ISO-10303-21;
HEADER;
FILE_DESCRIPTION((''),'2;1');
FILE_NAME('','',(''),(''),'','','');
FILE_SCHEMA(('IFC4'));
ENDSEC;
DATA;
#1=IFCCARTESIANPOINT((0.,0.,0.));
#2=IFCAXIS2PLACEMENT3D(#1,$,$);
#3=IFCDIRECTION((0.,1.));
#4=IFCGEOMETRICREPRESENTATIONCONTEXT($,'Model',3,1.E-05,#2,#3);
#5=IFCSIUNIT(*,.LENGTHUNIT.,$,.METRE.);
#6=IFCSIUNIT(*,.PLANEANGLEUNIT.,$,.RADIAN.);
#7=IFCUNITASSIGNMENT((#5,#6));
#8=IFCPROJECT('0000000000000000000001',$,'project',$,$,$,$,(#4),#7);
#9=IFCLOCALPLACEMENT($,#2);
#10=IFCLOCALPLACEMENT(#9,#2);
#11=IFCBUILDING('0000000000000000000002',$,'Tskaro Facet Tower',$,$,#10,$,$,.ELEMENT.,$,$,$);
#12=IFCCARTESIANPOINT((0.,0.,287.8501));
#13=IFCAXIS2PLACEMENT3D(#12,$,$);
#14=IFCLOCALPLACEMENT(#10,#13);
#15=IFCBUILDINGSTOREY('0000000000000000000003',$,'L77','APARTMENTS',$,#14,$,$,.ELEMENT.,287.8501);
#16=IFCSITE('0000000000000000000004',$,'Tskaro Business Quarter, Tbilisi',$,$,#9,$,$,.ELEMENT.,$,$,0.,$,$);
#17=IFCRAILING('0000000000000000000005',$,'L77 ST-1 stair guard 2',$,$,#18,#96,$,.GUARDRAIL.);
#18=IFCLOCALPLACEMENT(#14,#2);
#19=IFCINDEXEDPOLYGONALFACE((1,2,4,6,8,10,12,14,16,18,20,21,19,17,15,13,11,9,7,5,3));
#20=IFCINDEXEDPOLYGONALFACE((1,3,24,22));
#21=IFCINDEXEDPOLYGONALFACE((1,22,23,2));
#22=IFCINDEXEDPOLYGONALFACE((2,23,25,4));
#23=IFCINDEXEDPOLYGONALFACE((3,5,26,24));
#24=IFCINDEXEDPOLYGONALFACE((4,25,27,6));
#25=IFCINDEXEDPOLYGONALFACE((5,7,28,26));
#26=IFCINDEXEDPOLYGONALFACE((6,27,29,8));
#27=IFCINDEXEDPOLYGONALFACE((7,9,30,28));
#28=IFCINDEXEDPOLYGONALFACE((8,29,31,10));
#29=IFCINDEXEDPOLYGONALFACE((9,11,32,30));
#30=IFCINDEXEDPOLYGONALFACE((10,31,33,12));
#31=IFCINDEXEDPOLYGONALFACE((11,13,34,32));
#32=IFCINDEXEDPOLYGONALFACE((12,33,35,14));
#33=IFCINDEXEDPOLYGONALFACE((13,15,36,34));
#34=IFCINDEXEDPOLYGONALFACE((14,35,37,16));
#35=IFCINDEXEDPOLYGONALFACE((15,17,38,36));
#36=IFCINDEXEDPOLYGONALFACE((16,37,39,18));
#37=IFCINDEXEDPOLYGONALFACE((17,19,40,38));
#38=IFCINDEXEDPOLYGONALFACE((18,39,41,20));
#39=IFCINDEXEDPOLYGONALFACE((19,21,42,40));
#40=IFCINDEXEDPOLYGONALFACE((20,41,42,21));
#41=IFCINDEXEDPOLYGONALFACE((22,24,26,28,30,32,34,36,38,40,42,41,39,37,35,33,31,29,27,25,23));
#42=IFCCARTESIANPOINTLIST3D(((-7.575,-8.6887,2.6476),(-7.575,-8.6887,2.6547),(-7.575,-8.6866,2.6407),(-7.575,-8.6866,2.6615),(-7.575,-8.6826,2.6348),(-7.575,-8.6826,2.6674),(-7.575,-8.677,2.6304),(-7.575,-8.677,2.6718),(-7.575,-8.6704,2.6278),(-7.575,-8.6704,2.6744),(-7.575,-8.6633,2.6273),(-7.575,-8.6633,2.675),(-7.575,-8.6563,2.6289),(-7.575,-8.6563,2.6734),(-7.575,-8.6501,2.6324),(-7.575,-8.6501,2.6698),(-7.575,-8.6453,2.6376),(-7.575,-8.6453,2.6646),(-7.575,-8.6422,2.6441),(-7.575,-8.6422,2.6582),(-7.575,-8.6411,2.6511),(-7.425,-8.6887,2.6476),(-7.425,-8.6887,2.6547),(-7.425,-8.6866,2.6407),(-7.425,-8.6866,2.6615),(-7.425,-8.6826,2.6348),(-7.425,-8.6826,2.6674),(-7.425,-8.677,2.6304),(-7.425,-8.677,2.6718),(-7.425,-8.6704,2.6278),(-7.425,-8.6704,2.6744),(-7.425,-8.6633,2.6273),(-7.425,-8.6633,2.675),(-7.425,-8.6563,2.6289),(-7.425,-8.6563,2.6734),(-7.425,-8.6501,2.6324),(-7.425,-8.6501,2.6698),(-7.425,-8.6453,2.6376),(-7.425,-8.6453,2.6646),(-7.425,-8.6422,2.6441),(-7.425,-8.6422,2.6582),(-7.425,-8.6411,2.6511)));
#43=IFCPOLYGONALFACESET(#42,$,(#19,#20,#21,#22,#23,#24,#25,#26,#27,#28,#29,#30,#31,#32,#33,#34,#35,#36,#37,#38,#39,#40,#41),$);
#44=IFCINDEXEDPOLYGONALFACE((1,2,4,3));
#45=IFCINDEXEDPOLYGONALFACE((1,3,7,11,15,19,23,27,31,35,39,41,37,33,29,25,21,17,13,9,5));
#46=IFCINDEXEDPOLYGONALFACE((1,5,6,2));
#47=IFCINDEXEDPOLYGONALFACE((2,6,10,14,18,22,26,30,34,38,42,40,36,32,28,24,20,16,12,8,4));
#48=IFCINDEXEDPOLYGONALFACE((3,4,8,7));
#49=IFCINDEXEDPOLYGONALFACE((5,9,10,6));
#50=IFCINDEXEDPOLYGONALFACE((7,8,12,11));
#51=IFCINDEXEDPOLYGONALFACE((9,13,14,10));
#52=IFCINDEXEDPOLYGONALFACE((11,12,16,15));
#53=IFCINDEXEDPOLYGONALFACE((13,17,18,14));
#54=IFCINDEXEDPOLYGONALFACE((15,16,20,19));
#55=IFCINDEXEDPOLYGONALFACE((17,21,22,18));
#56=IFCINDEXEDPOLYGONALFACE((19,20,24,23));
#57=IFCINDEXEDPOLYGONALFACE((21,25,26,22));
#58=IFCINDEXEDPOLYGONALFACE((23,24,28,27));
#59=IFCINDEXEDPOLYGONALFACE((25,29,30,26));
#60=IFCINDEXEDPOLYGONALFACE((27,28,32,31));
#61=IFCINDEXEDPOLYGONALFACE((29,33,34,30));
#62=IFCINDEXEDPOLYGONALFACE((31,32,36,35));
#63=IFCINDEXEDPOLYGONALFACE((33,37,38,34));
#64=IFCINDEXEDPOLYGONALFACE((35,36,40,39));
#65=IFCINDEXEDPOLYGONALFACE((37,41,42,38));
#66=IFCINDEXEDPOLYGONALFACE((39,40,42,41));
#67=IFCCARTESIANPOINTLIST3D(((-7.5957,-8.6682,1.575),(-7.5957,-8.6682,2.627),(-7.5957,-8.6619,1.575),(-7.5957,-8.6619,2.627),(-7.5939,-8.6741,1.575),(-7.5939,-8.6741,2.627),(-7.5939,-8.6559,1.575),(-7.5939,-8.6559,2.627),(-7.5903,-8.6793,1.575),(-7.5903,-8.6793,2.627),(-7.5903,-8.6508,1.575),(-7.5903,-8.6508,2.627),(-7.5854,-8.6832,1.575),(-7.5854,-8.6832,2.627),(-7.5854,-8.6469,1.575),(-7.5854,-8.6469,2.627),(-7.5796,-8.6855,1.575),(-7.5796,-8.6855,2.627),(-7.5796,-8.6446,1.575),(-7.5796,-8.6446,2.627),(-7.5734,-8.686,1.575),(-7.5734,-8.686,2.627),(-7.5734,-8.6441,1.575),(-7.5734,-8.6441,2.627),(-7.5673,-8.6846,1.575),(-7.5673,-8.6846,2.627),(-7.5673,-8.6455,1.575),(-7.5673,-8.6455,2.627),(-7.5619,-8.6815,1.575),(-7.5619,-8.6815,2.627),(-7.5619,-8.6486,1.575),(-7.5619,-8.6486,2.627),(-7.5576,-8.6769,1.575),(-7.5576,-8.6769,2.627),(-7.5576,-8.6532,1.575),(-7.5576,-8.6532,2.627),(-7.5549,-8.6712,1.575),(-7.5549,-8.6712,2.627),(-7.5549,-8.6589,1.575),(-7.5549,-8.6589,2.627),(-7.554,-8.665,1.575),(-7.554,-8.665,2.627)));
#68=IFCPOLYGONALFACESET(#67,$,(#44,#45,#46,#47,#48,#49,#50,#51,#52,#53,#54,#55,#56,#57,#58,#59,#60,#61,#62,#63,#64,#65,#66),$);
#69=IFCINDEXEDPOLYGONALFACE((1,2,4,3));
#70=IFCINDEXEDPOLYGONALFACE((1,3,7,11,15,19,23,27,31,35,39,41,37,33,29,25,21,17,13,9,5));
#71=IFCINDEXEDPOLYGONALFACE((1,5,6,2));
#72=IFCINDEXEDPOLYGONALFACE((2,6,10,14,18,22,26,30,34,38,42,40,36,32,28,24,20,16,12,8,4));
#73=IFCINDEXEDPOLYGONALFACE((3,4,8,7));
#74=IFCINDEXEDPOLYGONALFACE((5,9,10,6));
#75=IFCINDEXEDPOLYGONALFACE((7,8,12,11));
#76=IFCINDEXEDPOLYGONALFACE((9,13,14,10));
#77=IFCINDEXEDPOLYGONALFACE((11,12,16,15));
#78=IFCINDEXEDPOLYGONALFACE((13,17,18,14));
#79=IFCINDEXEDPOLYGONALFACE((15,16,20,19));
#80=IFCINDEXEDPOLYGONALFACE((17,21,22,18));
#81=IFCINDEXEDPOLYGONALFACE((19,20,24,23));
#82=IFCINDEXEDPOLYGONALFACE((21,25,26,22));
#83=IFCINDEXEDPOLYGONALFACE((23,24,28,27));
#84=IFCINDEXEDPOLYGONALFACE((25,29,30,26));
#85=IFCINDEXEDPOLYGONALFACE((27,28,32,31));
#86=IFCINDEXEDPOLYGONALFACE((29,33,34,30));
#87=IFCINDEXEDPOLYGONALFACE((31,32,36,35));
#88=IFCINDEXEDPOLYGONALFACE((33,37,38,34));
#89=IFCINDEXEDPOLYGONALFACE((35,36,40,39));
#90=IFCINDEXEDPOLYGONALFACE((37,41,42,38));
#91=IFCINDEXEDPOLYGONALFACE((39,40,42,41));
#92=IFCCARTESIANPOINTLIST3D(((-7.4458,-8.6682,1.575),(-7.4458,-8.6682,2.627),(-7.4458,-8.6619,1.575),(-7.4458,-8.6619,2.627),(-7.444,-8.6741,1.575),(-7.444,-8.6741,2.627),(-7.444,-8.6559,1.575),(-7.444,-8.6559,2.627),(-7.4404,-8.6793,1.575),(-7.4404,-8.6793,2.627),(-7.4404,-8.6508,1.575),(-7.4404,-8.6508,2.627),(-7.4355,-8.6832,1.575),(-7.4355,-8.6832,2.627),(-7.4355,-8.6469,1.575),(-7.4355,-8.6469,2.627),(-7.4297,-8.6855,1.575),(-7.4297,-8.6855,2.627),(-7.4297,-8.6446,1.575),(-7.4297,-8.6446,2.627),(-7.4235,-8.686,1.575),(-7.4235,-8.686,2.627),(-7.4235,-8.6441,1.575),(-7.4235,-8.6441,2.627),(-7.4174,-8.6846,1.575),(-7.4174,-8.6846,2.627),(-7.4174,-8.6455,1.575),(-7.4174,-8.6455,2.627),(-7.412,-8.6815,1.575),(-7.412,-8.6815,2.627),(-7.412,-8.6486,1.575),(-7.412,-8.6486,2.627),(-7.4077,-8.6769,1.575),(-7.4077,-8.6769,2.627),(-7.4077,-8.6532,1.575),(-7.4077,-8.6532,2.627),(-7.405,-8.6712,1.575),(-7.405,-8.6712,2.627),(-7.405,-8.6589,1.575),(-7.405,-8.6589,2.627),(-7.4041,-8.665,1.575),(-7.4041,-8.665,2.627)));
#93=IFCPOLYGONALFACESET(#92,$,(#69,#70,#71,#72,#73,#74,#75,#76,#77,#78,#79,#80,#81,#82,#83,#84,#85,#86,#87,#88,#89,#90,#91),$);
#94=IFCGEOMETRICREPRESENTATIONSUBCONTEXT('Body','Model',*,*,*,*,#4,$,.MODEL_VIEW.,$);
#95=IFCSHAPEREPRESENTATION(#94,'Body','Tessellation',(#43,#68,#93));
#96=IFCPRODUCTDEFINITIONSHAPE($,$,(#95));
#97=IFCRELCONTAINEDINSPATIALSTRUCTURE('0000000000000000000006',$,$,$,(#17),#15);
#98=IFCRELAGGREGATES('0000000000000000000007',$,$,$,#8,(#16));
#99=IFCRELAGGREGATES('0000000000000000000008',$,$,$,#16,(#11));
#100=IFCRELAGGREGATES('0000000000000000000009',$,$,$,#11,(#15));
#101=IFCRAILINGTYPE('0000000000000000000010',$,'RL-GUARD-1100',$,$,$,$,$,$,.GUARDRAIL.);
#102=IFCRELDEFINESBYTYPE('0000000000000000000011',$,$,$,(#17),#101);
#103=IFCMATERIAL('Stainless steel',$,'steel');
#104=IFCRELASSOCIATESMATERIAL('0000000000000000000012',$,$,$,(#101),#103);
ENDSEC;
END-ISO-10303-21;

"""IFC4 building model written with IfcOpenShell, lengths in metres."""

from ifc_helpers import new_model, si_unit, direction, frame, origin, origin_2d, place, context, subcontext, project, spatial, circle, extrude, material, type_object, element, save


model = new_model("IFC4")

# Units and contexts
model_context = context("Model", 3, precision=1e-05, world=origin(), true_north=direction((0.0, 1.0)))
body_context = subcontext(model_context, "Body", "Model", "MODEL_VIEW")
ifc_project = project(units=[si_unit("LENGTHUNIT", "METRE"), si_unit("PLANEANGLEUNIT", "RADIAN")], contexts=[model_context])

# Site, building, storey
site_placement = place(None, origin())
site = spatial("IfcSite", under=ifc_project, at=site_placement, Name="Tskaro Business Quarter, Tbilisi", CompositionType="ELEMENT", RefElevation=0.0)
building_placement = place(site_placement, origin())
building = spatial("IfcBuilding", under=site, at=building_placement, Name="Tskaro Facet Tower", CompositionType="ELEMENT")
storey_placement = place(building_placement, frame((0.0, 0.0, 287.8501)))
storey = spatial("IfcBuildingStorey", under=building, at=storey_placement, Name="L77", Description="APARTMENTS", CompositionType="ELEMENT", Elevation=287.8501)

# Shared definitions
ifc_material_1 = material(Name="Stainless steel", Category="steel")

# Railing
railing_type_1 = type_object("IfcRailingType", Name="RL-GUARD-1100", PredefinedType="GUARDRAIL", material=ifc_material_1)
railing_1_placement = place(storey_placement, frame((-7.575, -8.665, 1.575)))
element("IfcRailing", 1, at=railing_1_placement, inside=storey, type_object=railing_type_1, Name="L77 ST-1 stair guard 2", PredefinedType="GUARDRAIL", context=body_context, shape_type="SweptSolid", body=[
    extrude(circle(Radius=0.0239, at=origin_2d()), frame((0.0, 0.0, 1.0762), z_axis=(1.0, 0.0, 0.0), x_axis=(0.0, 1.0, 0.0)), (0.0, 0.0, 1.0), 0.1499),
    extrude(circle(Radius=0.021, at=origin_2d()), origin(), (0.0, 0.0, 1.0), 1.052),
    extrude(circle(Radius=0.021, at=origin_2d()), frame((0.1499, 0.0, 0.0)), (0.0, 0.0, 1.0), 1.052),
])

save(model, "model.ifc")
